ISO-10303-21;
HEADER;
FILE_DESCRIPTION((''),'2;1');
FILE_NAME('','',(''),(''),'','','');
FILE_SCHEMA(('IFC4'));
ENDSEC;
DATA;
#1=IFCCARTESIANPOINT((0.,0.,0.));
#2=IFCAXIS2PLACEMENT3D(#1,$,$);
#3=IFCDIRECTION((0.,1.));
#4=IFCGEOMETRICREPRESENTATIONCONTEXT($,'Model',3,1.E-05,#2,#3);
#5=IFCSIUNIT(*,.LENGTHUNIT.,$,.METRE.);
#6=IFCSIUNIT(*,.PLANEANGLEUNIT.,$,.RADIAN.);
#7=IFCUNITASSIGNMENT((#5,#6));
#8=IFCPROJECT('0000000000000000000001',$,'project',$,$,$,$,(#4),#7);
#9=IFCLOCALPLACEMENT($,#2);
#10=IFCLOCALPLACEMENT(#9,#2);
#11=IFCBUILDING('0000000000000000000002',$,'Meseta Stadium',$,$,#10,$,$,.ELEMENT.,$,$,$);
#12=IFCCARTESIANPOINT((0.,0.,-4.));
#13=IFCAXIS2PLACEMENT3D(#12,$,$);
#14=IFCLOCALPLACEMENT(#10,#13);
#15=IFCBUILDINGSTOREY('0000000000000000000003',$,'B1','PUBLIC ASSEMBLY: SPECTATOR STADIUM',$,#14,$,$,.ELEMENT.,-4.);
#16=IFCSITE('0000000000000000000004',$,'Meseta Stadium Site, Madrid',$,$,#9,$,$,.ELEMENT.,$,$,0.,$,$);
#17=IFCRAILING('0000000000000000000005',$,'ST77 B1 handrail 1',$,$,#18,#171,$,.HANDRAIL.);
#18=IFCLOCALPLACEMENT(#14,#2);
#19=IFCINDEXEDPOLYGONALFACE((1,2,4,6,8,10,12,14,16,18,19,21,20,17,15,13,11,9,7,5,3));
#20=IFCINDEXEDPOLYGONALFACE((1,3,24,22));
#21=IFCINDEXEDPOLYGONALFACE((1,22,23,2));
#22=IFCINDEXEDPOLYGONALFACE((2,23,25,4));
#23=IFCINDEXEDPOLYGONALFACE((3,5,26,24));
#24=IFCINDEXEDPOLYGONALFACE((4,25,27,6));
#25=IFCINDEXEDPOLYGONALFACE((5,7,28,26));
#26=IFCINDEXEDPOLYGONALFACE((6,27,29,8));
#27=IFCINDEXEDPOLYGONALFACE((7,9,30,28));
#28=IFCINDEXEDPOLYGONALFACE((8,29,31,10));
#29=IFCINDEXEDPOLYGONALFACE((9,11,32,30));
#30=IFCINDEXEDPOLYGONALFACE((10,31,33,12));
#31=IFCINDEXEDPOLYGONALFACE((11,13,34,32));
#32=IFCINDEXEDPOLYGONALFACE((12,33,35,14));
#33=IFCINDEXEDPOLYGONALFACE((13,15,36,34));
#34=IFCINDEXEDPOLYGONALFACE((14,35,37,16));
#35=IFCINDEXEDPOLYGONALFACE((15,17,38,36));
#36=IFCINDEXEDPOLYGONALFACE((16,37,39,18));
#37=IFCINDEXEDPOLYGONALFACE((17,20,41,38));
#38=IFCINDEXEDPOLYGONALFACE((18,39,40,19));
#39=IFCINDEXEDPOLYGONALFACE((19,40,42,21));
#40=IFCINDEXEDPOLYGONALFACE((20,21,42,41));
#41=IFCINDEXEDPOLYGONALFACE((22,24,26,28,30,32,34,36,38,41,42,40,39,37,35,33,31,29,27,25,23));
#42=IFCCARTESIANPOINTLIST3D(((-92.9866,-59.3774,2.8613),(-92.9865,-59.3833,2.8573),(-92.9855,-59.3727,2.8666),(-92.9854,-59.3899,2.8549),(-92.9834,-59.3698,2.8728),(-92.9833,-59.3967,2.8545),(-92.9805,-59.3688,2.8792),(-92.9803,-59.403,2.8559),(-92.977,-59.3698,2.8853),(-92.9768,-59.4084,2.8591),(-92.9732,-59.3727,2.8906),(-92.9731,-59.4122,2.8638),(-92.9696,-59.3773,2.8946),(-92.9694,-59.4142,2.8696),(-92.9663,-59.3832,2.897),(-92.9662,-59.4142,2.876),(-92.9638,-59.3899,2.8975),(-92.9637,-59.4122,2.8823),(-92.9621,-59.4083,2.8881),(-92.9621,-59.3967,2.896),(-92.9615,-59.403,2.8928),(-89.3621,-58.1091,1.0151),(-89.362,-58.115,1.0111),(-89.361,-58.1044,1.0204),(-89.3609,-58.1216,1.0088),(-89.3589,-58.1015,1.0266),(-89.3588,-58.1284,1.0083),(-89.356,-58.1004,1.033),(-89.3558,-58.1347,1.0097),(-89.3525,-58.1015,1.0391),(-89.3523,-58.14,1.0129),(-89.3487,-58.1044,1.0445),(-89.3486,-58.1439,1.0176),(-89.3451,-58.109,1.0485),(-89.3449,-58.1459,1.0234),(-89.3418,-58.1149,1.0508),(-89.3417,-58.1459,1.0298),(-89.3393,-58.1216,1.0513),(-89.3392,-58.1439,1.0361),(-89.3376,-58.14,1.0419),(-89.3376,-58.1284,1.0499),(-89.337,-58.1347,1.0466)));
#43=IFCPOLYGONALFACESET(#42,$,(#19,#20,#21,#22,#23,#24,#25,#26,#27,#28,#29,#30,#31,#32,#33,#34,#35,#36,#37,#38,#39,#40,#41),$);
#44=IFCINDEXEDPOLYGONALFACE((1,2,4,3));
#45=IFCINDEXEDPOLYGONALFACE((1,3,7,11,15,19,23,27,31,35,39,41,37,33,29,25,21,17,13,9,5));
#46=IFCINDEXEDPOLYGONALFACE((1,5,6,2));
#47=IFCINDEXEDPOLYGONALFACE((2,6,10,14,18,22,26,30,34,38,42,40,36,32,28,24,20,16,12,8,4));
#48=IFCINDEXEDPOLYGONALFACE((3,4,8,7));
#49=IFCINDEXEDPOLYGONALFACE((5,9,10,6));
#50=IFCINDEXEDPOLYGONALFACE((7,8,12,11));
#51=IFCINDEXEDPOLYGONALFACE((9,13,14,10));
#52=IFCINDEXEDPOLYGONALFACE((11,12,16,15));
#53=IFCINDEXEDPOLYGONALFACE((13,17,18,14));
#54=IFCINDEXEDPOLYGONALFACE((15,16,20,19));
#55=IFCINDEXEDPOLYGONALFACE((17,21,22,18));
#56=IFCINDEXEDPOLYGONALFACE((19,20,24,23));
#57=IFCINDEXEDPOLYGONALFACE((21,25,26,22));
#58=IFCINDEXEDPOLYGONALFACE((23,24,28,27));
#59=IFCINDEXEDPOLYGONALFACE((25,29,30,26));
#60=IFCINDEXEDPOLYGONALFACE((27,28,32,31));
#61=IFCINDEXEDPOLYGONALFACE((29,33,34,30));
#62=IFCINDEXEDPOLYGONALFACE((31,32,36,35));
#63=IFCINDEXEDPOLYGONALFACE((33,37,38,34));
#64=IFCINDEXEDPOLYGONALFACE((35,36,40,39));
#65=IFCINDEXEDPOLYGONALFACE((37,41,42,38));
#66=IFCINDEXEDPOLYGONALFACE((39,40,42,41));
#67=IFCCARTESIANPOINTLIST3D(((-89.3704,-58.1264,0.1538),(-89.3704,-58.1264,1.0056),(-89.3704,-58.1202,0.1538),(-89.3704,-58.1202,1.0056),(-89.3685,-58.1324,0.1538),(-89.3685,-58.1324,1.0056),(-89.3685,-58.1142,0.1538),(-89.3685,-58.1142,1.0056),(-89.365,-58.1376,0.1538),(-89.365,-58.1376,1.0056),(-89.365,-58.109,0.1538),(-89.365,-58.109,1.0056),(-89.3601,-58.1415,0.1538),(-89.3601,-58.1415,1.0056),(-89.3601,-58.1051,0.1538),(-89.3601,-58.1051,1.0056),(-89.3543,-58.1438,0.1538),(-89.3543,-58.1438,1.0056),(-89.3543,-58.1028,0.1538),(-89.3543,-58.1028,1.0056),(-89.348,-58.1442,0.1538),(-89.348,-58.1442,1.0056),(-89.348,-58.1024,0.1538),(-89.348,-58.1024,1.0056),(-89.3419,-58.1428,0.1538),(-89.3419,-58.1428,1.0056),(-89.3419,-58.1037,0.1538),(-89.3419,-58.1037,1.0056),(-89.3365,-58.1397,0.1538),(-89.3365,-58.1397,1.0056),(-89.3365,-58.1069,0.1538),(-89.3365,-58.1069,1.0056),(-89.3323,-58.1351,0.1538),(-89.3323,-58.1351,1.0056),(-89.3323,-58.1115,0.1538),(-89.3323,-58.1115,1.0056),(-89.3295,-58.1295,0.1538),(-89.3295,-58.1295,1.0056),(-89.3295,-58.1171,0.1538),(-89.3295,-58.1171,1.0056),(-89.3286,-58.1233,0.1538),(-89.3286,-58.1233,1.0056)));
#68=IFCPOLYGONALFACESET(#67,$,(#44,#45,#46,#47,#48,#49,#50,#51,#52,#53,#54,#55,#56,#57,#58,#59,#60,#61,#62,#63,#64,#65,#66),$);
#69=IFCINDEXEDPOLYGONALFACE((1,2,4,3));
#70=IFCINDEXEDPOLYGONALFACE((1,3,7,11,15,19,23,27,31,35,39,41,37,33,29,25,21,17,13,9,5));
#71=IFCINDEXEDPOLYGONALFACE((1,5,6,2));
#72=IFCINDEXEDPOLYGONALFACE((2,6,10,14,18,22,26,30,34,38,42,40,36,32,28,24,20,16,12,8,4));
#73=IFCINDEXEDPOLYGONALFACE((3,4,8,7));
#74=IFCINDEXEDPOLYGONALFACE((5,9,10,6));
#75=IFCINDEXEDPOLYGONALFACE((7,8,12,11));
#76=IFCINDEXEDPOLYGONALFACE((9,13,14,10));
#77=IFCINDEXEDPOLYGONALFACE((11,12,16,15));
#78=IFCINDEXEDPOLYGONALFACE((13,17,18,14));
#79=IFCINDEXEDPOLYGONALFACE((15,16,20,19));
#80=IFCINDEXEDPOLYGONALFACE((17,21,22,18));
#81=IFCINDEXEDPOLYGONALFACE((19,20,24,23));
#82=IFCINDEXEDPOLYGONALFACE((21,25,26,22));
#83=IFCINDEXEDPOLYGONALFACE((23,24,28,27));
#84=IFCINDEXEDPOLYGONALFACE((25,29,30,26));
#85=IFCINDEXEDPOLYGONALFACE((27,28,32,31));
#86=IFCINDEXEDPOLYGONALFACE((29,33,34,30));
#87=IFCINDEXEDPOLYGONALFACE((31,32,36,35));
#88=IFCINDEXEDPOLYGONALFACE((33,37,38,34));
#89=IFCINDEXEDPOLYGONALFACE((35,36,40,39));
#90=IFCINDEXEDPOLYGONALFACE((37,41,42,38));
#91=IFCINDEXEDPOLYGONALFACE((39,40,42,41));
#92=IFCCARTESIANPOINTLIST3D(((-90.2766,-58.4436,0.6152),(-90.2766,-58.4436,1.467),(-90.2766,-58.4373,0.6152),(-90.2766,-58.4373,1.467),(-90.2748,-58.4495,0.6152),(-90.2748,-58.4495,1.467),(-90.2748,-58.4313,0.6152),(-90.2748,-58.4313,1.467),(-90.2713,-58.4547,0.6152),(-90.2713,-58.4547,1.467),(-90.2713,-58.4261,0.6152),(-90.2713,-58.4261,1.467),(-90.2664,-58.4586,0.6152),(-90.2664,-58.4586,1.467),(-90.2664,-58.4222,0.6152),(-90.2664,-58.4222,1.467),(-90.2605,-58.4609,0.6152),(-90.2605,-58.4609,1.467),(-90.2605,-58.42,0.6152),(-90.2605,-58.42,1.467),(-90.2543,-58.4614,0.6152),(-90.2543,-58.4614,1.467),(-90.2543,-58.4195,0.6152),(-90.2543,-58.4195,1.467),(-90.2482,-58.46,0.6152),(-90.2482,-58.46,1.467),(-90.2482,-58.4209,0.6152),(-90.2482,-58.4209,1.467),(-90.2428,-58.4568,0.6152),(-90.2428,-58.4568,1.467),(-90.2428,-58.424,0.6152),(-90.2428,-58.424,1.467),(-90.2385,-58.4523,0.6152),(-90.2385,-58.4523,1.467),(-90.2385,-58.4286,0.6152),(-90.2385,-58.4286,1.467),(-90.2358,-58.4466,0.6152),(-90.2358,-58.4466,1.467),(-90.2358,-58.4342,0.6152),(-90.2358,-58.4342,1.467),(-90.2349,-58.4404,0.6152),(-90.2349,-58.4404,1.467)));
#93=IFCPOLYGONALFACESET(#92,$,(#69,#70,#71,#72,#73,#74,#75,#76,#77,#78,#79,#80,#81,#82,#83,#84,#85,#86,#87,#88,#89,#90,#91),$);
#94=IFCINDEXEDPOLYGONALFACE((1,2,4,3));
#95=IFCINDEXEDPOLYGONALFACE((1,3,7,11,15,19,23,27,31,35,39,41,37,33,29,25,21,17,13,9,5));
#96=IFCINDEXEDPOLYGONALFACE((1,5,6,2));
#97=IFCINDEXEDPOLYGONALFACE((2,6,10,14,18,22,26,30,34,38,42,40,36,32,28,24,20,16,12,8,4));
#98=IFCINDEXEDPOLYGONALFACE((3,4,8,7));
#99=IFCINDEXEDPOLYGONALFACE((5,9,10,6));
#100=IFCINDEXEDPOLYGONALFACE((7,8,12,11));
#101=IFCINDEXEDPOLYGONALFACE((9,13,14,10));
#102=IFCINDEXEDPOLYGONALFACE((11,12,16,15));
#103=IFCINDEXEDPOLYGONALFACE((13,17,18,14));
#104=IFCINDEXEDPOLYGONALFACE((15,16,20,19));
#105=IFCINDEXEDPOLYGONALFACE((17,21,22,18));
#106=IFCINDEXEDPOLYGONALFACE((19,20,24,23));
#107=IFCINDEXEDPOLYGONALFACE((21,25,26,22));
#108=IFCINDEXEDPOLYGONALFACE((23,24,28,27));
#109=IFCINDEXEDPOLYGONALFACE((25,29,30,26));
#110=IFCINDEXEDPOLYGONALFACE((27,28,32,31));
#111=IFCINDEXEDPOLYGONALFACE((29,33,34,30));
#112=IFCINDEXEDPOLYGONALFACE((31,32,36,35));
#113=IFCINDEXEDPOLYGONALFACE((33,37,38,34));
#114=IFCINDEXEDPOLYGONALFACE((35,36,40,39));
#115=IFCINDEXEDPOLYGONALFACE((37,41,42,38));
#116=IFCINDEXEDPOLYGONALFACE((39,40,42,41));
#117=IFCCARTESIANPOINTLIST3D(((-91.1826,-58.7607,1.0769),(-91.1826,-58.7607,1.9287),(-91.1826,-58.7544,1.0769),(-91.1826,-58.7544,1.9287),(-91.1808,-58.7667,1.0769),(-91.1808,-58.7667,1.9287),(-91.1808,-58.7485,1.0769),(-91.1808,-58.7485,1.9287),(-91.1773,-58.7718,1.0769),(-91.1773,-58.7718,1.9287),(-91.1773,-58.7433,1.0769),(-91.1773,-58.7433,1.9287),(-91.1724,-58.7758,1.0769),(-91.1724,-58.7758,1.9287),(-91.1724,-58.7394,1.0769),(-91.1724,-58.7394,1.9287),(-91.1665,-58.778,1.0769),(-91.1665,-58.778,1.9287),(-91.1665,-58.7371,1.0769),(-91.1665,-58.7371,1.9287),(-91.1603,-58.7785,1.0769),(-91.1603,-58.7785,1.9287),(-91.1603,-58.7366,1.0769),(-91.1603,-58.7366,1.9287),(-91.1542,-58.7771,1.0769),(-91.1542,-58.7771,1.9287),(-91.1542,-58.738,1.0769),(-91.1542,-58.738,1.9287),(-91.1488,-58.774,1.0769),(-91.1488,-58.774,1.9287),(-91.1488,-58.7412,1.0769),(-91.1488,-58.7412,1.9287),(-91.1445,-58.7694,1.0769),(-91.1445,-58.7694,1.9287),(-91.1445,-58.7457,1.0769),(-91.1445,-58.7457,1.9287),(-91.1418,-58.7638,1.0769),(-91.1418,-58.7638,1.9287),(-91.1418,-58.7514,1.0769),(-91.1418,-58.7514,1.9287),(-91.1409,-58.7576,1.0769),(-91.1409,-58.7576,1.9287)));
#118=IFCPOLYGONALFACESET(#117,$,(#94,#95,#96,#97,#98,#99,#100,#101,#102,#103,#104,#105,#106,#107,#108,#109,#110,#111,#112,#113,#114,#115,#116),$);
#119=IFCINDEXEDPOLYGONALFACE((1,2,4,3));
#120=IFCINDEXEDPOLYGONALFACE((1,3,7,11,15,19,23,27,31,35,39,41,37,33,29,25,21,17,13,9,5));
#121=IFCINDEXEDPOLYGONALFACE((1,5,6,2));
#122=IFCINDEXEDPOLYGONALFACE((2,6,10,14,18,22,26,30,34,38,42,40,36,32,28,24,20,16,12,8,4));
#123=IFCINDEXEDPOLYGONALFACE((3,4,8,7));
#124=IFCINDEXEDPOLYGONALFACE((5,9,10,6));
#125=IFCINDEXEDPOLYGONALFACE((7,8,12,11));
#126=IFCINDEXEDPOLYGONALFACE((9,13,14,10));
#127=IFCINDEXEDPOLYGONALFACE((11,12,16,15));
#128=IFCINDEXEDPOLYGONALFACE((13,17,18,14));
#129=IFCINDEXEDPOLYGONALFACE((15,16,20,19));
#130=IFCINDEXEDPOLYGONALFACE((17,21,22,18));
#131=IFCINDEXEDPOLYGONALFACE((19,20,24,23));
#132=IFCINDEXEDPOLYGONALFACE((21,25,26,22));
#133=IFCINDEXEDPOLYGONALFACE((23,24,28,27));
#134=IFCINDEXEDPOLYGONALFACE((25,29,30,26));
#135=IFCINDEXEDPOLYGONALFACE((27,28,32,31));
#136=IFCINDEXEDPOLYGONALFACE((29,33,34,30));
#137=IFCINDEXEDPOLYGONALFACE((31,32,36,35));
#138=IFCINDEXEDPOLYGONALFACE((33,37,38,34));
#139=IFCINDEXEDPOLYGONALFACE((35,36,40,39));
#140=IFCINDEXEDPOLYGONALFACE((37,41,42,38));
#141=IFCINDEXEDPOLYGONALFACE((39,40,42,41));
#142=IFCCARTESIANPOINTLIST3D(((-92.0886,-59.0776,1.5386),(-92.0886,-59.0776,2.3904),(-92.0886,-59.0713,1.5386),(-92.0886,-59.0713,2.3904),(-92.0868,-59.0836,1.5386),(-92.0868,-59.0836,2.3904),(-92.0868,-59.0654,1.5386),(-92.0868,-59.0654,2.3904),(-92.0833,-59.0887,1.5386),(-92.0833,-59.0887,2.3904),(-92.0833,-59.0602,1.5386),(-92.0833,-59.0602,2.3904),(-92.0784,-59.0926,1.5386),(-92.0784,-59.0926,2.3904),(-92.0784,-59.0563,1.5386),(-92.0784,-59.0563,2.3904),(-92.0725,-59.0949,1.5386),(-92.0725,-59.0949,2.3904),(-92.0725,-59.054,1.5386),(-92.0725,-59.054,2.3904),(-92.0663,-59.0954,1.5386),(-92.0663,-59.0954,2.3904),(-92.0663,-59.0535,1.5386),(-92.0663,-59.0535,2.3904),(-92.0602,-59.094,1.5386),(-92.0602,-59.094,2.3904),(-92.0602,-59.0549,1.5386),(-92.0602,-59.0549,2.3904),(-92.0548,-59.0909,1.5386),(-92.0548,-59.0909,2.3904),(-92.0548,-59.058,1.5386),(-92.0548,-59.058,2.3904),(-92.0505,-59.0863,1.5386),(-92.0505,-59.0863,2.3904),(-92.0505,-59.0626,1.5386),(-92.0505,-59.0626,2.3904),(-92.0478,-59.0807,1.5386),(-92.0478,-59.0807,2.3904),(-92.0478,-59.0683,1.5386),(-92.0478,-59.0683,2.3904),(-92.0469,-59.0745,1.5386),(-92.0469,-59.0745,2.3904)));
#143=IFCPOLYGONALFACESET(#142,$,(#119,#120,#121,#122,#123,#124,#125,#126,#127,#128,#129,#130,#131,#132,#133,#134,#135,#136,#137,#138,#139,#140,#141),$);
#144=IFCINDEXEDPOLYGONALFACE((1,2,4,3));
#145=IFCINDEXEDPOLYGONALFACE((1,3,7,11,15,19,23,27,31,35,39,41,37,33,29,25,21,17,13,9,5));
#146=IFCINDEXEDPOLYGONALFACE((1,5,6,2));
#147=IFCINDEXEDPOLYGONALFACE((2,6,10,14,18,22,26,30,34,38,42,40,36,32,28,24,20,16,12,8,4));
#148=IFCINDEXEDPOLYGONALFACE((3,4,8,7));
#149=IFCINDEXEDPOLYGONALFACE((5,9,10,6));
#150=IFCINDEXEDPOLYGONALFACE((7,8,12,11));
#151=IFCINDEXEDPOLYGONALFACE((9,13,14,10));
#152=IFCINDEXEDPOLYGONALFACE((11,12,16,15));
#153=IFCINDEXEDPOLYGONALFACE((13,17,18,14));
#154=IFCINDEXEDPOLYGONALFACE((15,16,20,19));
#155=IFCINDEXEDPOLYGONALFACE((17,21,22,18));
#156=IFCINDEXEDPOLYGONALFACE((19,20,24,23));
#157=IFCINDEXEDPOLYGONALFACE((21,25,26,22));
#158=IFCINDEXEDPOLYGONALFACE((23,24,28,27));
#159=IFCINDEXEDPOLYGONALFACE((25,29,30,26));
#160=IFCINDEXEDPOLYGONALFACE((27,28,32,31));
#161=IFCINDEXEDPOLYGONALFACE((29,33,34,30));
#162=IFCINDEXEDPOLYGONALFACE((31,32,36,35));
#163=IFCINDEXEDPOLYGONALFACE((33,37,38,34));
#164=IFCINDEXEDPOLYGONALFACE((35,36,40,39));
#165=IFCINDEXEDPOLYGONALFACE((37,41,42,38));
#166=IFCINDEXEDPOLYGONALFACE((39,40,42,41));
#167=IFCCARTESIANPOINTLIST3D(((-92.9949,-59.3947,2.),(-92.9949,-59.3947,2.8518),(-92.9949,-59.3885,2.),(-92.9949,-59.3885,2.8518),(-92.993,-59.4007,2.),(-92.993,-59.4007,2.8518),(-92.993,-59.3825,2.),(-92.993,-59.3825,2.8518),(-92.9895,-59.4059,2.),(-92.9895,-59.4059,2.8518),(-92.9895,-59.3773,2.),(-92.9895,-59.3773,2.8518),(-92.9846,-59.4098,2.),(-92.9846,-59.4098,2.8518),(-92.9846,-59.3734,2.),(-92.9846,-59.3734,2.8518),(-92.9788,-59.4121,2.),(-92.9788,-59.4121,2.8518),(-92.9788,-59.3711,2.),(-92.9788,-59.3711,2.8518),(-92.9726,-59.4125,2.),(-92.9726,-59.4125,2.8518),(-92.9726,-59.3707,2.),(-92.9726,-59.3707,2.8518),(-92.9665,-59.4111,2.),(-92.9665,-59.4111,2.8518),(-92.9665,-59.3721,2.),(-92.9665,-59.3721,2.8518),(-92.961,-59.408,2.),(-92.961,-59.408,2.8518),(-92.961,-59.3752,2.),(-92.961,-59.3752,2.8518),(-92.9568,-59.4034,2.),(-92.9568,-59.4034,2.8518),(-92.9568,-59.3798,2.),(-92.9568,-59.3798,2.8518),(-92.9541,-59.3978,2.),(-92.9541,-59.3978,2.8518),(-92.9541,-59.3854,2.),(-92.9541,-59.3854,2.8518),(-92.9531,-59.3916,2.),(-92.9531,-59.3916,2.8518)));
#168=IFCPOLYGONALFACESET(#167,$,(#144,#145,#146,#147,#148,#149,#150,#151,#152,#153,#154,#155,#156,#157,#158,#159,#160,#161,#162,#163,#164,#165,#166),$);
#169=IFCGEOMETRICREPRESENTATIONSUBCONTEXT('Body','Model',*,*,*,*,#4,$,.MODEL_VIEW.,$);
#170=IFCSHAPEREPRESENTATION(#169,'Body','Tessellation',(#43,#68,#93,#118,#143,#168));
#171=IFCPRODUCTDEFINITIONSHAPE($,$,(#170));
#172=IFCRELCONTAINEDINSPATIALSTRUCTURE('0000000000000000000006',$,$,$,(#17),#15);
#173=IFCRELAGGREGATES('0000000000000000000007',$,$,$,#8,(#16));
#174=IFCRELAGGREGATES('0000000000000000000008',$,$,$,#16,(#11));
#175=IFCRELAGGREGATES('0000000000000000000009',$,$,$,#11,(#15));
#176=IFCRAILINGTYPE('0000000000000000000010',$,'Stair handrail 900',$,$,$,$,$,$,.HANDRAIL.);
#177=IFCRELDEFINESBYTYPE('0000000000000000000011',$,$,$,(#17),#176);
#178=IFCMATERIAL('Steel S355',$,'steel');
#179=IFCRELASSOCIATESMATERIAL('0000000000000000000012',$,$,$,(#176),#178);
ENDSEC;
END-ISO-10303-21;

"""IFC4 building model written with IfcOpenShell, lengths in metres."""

from ifc_helpers import new_model, si_unit, direction, frame, origin, origin_2d, place, context, subcontext, project, spatial, circle, extrude, material, type_object, element, save


model = new_model("IFC4")

# Units and contexts
model_context = context("Model", 3, precision=1e-05, world=origin(), true_north=direction((0.0, 1.0)))
body_context = subcontext(model_context, "Body", "Model", "MODEL_VIEW")
ifc_project = project(units=[si_unit("LENGTHUNIT", "METRE"), si_unit("PLANEANGLEUNIT", "RADIAN")], contexts=[model_context])

# Site, building, storey
site_placement = place(None, origin())
site = spatial("IfcSite", under=ifc_project, at=site_placement, Name="Meseta Stadium Site, Madrid", CompositionType="ELEMENT", RefElevation=0.0)
building_placement = place(site_placement, origin())
building = spatial("IfcBuilding", under=site, at=building_placement, Name="Meseta Stadium", CompositionType="ELEMENT")
storey_placement = place(building_placement, frame((0.0, 0.0, -4.0)))
storey = spatial("IfcBuildingStorey", under=building, at=storey_placement, Name="B1", Description="PUBLIC ASSEMBLY: SPECTATOR STADIUM", CompositionType="ELEMENT", Elevation=-4.0)

# Railing
ifc_material_1 = material(Name="Steel S355", Category="steel")
railing_type_1 = type_object("IfcRailingType", Name="Stair handrail 900", PredefinedType="HANDRAIL", material=ifc_material_1)
for number, where, name in (
    (1, (-89.3496, -58.1233, 0.1538), "ST77 B1 handrail 1"),
):
    element("IfcRailing", number, at=place(storey_placement, frame(where)), inside=storey, type_object=railing_type_1, Name=name, PredefinedType="HANDRAIL", context=body_context, shape_type="SweptSolid", body=[
        extrude(circle(Radius=0.0239, at=origin_2d()), frame((0.0, 0.0, 0.876), z_axis=(-0.850672, -0.297672, 0.4333), x_axis=(0.330288, -0.94388, 0.0)), (0.0, 0.0, 1.0), 4.2607),
        extrude(circle(Radius=0.021, at=origin_2d()), origin(), (0.0, 0.0, 1.0), 0.8518),
        extrude(circle(Radius=0.021, at=origin_2d()), frame((-0.9062, -0.3171, 0.4614)), (0.0, 0.0, 1.0), 0.8518),
        extrude(circle(Radius=0.021, at=origin_2d()), frame((-1.8123, -0.6343, 0.9231)), (0.0, 0.0, 1.0), 0.8518),
        extrude(circle(Radius=0.021, at=origin_2d()), frame((-2.7183, -0.9512, 1.3848)), (0.0, 0.0, 1.0), 0.8518),
        extrude(circle(Radius=0.021, at=origin_2d()), frame((-3.6245, -1.2683, 1.8462)), (0.0, 0.0, 1.0), 0.8518),
    ])

save(model, "model.ifc")
